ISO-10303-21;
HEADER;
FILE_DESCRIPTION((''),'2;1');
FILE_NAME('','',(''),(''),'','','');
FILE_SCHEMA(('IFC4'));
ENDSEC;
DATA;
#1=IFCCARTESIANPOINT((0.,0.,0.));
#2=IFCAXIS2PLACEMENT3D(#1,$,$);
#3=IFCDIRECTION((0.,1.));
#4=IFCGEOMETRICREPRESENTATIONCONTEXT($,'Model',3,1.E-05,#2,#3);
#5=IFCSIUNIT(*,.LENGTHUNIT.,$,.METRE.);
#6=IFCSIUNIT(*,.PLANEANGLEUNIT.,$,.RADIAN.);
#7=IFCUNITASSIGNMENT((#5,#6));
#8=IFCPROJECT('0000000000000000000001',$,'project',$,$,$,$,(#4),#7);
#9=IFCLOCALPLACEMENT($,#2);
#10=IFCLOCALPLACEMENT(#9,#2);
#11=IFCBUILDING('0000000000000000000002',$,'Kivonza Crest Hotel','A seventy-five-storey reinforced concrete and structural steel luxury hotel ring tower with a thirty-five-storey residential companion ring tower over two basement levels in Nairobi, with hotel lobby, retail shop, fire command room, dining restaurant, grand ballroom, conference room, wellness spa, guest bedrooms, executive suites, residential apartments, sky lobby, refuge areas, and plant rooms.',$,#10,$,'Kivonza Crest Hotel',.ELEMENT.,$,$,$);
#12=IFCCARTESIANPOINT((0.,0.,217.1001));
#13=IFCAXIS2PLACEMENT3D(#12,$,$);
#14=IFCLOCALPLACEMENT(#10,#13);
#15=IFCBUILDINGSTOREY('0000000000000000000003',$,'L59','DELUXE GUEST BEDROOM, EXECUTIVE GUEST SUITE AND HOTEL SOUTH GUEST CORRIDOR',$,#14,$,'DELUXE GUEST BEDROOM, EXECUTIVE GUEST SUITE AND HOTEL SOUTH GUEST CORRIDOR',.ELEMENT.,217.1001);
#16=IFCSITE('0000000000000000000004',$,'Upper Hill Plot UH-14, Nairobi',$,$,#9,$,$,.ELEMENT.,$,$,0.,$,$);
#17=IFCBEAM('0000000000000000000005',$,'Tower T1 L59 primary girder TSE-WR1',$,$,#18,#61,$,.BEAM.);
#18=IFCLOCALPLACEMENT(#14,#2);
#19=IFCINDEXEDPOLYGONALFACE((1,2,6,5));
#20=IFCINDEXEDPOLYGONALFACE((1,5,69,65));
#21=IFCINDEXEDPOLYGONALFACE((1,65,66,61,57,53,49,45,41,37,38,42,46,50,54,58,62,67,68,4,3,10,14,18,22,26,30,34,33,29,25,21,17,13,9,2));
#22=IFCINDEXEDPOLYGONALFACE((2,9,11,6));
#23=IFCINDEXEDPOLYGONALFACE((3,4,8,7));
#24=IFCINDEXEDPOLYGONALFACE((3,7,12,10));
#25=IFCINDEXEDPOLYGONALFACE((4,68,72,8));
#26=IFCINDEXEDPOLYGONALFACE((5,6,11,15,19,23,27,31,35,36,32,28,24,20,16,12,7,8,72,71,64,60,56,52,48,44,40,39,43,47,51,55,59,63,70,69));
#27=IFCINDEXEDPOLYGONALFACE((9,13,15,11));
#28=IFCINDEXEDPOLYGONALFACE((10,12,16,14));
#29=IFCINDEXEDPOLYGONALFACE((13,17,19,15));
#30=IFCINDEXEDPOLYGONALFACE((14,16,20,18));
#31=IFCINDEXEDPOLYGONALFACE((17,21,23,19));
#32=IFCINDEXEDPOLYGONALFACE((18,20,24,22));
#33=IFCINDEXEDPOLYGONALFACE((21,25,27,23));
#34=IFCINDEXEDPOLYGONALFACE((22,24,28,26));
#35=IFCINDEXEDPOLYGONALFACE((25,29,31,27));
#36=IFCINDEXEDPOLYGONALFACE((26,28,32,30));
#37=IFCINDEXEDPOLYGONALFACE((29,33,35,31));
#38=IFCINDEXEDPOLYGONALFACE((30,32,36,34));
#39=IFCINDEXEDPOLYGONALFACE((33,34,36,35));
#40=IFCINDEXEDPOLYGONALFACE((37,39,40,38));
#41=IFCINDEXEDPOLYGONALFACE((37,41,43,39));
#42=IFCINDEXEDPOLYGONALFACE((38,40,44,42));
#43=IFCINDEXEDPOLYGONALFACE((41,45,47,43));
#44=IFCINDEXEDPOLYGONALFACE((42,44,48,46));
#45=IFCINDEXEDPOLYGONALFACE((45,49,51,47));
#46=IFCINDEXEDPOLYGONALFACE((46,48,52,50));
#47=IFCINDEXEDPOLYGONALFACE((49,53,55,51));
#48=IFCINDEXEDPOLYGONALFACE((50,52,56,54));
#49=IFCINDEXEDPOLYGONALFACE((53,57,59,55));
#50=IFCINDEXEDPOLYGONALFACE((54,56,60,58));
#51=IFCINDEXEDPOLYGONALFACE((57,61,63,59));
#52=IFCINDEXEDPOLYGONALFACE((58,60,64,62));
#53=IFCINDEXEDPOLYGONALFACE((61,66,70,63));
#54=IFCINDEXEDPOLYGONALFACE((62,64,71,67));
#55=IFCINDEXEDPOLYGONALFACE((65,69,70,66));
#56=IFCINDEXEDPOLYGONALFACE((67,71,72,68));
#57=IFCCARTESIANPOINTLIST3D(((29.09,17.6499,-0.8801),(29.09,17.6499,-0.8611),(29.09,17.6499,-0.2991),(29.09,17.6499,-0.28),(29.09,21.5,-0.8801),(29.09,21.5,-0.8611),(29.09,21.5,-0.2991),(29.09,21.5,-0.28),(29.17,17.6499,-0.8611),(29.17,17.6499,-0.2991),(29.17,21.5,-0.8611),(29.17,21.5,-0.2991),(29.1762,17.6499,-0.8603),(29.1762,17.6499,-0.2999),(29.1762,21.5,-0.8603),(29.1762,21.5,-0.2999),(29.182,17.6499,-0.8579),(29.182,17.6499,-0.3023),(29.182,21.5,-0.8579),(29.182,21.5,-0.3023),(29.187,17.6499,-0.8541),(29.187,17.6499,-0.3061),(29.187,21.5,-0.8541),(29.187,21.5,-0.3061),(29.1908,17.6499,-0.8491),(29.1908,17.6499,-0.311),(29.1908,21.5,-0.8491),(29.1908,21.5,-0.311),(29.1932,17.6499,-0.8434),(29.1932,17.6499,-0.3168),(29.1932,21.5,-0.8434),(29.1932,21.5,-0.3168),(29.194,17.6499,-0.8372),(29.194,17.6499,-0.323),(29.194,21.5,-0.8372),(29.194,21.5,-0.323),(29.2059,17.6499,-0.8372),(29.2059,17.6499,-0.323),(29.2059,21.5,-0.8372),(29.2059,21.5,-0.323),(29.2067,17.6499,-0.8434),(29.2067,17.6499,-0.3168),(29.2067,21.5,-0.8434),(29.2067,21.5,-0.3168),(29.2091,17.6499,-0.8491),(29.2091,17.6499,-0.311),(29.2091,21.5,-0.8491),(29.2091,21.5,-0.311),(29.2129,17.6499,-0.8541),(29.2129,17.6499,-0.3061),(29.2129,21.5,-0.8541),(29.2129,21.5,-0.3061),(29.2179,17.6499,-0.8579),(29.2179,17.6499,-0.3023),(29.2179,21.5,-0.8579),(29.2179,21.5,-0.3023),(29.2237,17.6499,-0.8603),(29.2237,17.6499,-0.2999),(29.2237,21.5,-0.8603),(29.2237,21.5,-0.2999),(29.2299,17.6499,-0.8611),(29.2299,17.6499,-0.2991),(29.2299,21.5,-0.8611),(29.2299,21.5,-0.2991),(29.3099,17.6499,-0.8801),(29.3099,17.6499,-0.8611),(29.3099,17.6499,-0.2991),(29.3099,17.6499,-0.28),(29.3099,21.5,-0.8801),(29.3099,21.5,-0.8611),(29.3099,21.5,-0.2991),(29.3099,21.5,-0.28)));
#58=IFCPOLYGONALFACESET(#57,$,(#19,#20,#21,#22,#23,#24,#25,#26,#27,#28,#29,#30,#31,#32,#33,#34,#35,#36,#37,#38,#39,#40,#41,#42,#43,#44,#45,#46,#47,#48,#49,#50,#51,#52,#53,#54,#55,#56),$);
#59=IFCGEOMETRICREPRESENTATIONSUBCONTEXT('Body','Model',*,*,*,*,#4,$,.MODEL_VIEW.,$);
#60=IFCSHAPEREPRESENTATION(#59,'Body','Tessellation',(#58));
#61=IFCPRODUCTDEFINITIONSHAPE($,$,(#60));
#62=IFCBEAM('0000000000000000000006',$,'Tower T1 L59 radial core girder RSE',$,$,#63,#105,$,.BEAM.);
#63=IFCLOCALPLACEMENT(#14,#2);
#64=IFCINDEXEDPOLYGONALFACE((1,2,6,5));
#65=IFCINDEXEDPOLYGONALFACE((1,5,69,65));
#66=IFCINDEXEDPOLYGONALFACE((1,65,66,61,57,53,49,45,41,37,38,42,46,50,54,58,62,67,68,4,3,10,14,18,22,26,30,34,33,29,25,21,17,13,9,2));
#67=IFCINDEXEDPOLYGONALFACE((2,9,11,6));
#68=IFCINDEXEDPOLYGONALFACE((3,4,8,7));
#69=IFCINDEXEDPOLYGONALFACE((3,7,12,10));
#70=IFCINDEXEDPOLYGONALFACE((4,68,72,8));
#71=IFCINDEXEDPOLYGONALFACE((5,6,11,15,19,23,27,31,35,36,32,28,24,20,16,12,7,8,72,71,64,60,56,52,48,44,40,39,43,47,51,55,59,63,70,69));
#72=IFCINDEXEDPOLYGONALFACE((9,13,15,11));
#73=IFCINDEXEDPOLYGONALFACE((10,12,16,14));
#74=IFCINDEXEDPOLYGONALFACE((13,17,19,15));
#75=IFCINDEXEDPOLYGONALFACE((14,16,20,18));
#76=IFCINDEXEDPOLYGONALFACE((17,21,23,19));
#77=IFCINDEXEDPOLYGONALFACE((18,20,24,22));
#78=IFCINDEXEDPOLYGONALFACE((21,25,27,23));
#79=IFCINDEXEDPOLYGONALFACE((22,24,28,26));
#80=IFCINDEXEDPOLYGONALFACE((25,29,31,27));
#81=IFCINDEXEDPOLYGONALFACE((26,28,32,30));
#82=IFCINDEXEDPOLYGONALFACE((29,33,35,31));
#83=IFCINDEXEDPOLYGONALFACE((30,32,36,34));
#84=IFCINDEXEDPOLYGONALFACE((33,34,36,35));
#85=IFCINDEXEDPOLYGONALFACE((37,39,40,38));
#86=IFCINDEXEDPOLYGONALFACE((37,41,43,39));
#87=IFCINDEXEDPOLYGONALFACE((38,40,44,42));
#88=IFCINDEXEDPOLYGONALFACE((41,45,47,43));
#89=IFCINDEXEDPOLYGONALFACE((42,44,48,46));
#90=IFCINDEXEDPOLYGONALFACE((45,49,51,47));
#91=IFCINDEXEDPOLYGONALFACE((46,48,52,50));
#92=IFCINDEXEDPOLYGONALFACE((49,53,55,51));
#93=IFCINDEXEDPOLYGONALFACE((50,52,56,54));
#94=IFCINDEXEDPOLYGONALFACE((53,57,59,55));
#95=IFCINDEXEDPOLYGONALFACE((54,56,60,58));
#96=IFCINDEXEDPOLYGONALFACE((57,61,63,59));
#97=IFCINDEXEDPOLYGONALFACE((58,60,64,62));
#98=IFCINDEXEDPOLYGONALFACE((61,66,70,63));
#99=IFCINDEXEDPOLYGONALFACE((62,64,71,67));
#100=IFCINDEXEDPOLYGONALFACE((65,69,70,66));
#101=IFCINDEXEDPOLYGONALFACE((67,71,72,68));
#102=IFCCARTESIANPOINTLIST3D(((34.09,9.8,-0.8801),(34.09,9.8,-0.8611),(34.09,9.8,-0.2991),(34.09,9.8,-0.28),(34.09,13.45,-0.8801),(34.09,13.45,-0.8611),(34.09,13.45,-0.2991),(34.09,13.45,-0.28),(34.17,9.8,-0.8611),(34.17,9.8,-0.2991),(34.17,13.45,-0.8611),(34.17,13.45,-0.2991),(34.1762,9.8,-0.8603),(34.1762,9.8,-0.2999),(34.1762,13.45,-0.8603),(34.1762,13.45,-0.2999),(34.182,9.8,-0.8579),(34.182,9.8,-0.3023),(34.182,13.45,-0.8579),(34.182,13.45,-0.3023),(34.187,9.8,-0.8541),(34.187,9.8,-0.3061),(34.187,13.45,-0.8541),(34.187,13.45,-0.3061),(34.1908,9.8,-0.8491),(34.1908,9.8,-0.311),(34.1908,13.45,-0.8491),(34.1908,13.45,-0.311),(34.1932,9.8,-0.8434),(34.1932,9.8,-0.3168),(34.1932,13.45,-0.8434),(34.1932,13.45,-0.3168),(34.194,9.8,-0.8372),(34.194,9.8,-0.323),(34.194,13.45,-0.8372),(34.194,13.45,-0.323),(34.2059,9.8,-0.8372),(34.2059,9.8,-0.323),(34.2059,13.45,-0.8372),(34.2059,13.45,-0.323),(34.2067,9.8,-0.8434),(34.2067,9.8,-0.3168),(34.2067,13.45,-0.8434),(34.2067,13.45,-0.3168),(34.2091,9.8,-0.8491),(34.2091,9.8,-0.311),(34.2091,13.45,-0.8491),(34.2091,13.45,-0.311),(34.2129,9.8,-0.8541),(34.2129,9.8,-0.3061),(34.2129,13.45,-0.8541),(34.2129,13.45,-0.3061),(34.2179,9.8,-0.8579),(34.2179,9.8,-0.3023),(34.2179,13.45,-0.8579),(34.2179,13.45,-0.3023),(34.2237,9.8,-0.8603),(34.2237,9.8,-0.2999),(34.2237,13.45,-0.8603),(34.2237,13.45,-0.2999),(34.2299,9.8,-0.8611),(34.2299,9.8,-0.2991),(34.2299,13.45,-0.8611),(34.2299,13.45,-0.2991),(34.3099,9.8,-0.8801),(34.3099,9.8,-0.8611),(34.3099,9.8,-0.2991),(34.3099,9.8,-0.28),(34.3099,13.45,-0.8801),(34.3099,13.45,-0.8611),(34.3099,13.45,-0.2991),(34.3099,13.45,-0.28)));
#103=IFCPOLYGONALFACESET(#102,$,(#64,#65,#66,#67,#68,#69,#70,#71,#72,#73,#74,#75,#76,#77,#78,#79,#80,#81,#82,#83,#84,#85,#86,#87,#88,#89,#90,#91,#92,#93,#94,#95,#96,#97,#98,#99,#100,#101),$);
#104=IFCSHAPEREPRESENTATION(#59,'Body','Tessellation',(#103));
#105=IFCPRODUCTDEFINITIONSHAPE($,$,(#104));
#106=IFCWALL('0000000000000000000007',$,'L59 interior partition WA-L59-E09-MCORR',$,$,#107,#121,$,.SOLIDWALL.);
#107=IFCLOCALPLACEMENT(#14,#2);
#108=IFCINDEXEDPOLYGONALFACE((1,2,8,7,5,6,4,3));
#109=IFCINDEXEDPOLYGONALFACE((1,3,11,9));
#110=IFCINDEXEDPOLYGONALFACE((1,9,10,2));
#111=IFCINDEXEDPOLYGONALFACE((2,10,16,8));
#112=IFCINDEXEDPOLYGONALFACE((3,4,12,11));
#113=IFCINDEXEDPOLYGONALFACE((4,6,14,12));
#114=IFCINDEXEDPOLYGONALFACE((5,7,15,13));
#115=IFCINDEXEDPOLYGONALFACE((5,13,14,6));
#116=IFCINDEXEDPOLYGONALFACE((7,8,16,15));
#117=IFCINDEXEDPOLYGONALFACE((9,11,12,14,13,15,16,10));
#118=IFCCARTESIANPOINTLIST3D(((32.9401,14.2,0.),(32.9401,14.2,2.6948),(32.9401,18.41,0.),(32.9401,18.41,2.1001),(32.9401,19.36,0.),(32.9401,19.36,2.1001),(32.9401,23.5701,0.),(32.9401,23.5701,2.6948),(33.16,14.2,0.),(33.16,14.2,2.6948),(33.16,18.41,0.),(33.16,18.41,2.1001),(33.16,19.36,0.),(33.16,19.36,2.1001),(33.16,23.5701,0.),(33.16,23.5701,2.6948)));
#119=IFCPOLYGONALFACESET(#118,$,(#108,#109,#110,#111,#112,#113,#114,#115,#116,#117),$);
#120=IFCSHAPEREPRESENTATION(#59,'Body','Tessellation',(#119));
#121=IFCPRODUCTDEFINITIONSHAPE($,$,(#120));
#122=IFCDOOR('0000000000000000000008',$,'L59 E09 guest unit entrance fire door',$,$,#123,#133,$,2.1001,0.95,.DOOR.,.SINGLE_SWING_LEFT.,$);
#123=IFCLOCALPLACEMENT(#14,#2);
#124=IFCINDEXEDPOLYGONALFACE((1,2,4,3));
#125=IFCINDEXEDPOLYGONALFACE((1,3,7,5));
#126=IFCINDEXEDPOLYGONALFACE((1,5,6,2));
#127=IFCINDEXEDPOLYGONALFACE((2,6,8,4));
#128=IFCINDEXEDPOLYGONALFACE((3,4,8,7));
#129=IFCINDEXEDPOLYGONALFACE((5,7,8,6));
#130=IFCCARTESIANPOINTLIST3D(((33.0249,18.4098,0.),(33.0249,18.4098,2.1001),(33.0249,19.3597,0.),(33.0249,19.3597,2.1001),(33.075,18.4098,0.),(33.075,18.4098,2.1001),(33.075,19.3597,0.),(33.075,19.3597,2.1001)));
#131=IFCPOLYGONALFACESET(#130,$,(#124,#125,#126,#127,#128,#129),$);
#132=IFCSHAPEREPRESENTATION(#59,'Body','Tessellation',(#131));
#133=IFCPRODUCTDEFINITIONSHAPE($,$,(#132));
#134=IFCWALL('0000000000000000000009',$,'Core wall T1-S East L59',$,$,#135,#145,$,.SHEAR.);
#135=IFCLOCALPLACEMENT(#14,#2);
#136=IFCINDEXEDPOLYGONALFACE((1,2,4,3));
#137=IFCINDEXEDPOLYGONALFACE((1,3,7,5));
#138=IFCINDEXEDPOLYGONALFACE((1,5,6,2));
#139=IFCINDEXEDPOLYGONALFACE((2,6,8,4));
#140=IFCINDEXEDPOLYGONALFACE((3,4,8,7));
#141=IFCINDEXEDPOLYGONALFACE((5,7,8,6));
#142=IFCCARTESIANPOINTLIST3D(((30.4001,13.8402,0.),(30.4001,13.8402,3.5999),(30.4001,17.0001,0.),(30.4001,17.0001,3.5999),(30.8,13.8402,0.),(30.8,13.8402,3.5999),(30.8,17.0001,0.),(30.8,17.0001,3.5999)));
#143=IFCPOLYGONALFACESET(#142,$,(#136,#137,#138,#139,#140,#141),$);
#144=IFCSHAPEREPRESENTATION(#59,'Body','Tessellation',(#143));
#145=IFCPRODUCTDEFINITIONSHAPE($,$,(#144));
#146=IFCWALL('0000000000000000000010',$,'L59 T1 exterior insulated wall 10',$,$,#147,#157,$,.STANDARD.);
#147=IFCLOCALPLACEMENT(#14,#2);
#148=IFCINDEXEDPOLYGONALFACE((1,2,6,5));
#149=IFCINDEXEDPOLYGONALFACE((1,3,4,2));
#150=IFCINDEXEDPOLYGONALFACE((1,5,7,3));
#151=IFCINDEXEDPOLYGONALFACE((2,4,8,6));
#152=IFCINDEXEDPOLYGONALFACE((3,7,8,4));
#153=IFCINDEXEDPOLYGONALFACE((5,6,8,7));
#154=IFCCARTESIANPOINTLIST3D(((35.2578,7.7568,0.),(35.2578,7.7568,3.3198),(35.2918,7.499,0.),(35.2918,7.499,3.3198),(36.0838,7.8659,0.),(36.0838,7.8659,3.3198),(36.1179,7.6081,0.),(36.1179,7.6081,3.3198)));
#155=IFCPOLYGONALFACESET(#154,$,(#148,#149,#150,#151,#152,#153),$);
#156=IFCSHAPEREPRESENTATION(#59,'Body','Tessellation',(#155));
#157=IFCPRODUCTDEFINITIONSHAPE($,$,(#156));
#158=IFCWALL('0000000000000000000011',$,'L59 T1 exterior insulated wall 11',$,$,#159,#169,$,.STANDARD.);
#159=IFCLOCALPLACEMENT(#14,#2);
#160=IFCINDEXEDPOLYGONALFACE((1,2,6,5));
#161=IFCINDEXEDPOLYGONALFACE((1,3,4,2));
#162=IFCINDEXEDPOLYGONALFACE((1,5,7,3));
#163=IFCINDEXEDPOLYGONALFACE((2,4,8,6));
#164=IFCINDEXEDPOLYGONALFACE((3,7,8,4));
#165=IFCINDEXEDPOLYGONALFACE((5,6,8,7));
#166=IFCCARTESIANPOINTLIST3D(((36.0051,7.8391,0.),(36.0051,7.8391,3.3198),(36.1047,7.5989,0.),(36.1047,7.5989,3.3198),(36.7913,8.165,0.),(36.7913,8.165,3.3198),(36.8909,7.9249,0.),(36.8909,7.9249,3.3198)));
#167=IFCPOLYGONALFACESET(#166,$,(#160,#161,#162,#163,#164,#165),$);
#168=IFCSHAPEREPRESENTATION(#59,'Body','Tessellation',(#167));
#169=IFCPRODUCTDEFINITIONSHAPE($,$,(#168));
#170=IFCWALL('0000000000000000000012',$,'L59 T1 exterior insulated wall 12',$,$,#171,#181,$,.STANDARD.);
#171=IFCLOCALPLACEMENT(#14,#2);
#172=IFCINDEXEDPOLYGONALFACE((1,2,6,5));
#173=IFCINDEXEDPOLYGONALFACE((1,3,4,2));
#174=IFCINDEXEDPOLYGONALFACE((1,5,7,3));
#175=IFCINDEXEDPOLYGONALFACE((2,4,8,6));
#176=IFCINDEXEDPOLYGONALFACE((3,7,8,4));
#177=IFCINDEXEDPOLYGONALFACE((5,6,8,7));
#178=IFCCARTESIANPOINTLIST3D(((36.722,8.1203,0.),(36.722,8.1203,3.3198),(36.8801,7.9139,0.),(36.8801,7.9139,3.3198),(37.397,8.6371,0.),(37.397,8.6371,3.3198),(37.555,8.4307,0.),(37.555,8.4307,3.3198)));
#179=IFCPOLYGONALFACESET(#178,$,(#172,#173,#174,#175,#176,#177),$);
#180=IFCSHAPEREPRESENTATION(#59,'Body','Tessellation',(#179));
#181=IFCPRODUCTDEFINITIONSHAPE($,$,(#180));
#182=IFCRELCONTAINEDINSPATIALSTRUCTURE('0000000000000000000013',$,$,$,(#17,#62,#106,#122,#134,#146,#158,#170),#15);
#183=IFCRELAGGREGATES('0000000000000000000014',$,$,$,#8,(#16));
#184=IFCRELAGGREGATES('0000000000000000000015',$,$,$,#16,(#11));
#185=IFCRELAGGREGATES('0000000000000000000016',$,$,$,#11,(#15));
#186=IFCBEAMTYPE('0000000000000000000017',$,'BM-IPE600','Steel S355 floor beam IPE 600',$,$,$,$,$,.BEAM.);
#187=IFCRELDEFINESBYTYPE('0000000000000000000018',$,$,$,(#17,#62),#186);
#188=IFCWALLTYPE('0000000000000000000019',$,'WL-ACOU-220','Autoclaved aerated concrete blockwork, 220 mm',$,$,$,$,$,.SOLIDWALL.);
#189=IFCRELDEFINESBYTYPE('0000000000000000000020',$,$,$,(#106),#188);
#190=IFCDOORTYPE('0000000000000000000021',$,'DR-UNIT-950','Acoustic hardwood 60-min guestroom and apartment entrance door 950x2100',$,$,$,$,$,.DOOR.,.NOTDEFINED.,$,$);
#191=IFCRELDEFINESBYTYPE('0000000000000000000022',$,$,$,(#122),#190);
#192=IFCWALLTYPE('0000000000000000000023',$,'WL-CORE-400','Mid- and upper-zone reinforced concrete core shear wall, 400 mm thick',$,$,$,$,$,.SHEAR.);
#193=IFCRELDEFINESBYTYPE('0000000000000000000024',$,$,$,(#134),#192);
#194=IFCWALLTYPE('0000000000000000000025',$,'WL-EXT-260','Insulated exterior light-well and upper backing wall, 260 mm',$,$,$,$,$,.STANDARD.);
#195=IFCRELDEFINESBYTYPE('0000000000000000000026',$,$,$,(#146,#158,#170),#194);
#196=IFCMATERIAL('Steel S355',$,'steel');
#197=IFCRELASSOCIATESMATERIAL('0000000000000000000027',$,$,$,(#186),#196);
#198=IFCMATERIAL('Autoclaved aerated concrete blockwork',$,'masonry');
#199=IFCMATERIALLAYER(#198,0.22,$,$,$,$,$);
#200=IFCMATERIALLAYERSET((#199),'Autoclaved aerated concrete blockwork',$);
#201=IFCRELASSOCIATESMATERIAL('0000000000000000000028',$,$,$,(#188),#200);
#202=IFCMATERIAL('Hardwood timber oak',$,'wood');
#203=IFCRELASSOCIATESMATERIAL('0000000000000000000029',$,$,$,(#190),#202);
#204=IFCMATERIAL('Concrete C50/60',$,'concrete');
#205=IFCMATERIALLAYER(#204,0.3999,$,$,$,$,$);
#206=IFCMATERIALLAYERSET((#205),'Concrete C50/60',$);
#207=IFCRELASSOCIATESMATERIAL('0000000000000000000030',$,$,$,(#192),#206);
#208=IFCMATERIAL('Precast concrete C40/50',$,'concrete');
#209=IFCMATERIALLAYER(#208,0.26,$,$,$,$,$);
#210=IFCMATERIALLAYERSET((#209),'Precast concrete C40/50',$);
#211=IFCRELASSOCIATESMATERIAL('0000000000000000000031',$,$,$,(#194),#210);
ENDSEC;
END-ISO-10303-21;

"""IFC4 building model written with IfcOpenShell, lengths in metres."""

from ifc_helpers import new_model, si_unit, direction, frame, frame_2d, origin, origin_2d, place, context, subcontext, project, spatial, rectangle, i_section, extrude, material, layer, layer_set, material_profile, profile_set, type_object, element, fill, save


model = new_model("IFC4")

# Units and contexts
model_context = context("Model", 3, precision=1e-05, world=origin(), true_north=direction((0.0, 1.0)))
body_context = subcontext(model_context, "Body", "Model", "MODEL_VIEW")
ifc_project = project(units=[si_unit("LENGTHUNIT", "METRE"), si_unit("PLANEANGLEUNIT", "RADIAN")], contexts=[model_context])

# Site, building, storey
site_placement = place(None, origin())
site = spatial("IfcSite", under=ifc_project, at=site_placement, Name="Upper Hill Plot UH-14, Nairobi", CompositionType="ELEMENT", RefElevation=0.0)
building_placement = place(site_placement, origin())
building = spatial("IfcBuilding", under=site, at=building_placement, Name="Kivonza Crest Hotel", Description="A seventy-five-storey reinforced concrete and structural steel luxury hotel ring tower with a thirty-five-storey residential companion ring tower over two basement levels in Nairobi, with hotel lobby, retail shop, fire command room, dining restaurant, grand ballroom, conference room, wellness spa, guest bedrooms, executive suites, residential apartments, sky lobby, refuge areas, and plant rooms.", LongName="Kivonza Crest Hotel", CompositionType="ELEMENT")
storey_placement = place(building_placement, frame((0.0, 0.0, 217.1001)))
storey = spatial("IfcBuildingStorey", under=building, at=storey_placement, Name="L59", Description="DELUXE GUEST BEDROOM, EXECUTIVE GUEST SUITE AND HOTEL SOUTH GUEST CORRIDOR", LongName="DELUXE GUEST BEDROOM, EXECUTIVE GUEST SUITE AND HOTEL SOUTH GUEST CORRIDOR", CompositionType="ELEMENT", Elevation=217.1001)

# Shared definitions
ifc_material_1 = material(Name="Concrete C50/60", Category="concrete")

# Beams
ifc_material_2 = material(Name="Steel S355", Category="steel")
ifc_material_profile_1 = material_profile(ifc_material_2, i_section(OverallWidth=0.22, OverallDepth=0.6001, WebThickness=0.012, FlangeThickness=0.019, FilletRadius=0.0239, at=origin_2d()), Name="IPE 600")
ifc_profile_set_1 = profile_set([ifc_material_profile_1], Name="Steel S355")
beam_type_1 = type_object("IfcBeamType", Name="BM-IPE600", Description="Steel S355 floor beam IPE 600", PredefinedType="BEAM", material=ifc_profile_set_1)
beam_1_placement = place(storey_placement, frame((29.2, 17.6499, -0.5801), z_axis=(0.0, 1.0, 0.0), x_axis=(-1.0, 0.0, 0.0)))
element("IfcBeam", 1, at=beam_1_placement, inside=storey, type_object=beam_type_1, Name="Tower T1 L59 primary girder TSE-WR1", PredefinedType="BEAM", context=body_context, shape_type="SweptSolid", body=[
    extrude(i_section(OverallWidth=0.22, OverallDepth=0.6001, WebThickness=0.012, FlangeThickness=0.019, FilletRadius=0.0239, at=origin_2d()), origin(), (0.0, 0.0, 1.0), 3.8501),
])
beam_2_placement = place(storey_placement, frame((34.2, 9.8, -0.5801), z_axis=(0.0, 1.0, 0.0), x_axis=(-1.0, 0.0, 0.0)))
element("IfcBeam", 2, at=beam_2_placement, inside=storey, type_object=beam_type_1, Name="Tower T1 L59 radial core girder RSE", PredefinedType="BEAM", context=body_context, shape_type="SweptSolid", body=[
    extrude(i_section(OverallWidth=0.22, OverallDepth=0.6001, WebThickness=0.012, FlangeThickness=0.019, FilletRadius=0.0239, at=origin_2d()), origin(), (0.0, 0.0, 1.0), 3.6499),
])

# Wall, opening, door
ifc_material_3 = material(Name="Autoclaved aerated concrete blockwork", Category="masonry")
ifc_layer_1 = layer(ifc_material_3, 0.22)
ifc_layer_set_1 = layer_set([ifc_layer_1], Name="Autoclaved aerated concrete blockwork")
wall_type_1 = type_object("IfcWallType", Name="WL-ACOU-220", Description="Autoclaved aerated concrete blockwork, 220 mm", PredefinedType="SOLIDWALL", material=ifc_layer_set_1)
wall_1_placement = place(storey_placement, frame((33.05, 14.2, 0.0), z_axis=(0.0, 0.0, 1.0), x_axis=(0.0, 1.0, 0.0)))
wall_1 = element("IfcWall", 3, at=wall_1_placement, inside=storey, type_object=wall_type_1, Name="L59 interior partition WA-L59-E09-MCORR", PredefinedType="SOLIDWALL", context=body_context, shape_type="SweptSolid", body=[
    extrude(rectangle(XDim=9.3701, YDim=0.22, at=frame_2d((4.6851, 0.0))), origin(), (0.0, 0.0, 1.0), 2.6948),
])
opening_1_placement = place(wall_1_placement, frame((4.21, 0.0, 0.0)))
opening_1 = element("IfcOpeningElement", 4, at=opening_1_placement, cuts=wall_1, PredefinedType="OPENING", context=body_context, shape_type="SweptSolid", body=[
    extrude(rectangle(XDim=0.95, YDim=2.1001, at=frame_2d((0.4751, 1.05))), frame((0.0, 0.1201, 0.0), z_axis=(0.0, -1.0, 0.0), x_axis=(1.0, 0.0, 0.0)), (0.0, 0.0, 1.0), 0.24),
])
ifc_material_4 = material(Name="Hardwood timber oak", Category="wood")
door_type = type_object("IfcDoorType", Name="DR-UNIT-950", Description="Acoustic hardwood 60-min guestroom and apartment entrance door 950x2100", OperationType="NOTDEFINED", PredefinedType="DOOR", material=ifc_material_4)
door_placement = place(opening_1_placement, frame((0.95, 0.0, 0.0), z_axis=(0.0, 0.0, 1.0), x_axis=(-1.0, 0.0, 0.0)))
door = element("IfcDoor", 5, at=door_placement, inside=storey, type_object=door_type, Name="L59 E09 guest unit entrance fire door", OperationType="SINGLE_SWING_LEFT", OverallHeight=2.1001, OverallWidth=0.95, PredefinedType="DOOR", context=body_context, shape_type="SweptSolid", body=[
    extrude(rectangle(XDim=0.95, YDim=2.1001, at=frame_2d((0.4751, 1.05))), frame((0.0, 0.0249, 0.0), z_axis=(0.0, -1.0, 0.0), x_axis=(1.0, 0.0, 0.0)), (0.0, 0.0, 1.0), 0.05),
])
fill(opening_1, door)

# Walls
ifc_layer_2 = layer(ifc_material_1, 0.3999)
ifc_layer_set_2 = layer_set([ifc_layer_2], Name="Concrete C50/60")
wall_type_2 = type_object("IfcWallType", Name="WL-CORE-400", Description="Mid- and upper-zone reinforced concrete core shear wall, 400 mm thick", PredefinedType="SHEAR", material=ifc_layer_set_2)
wall_2_placement = place(storey_placement, frame((30.6001, 13.8401, 0.0), z_axis=(0.0, 0.0, 1.0), x_axis=(0.0, 1.0, 0.0)))
element("IfcWall", 6, at=wall_2_placement, inside=storey, type_object=wall_type_2, Name="Core wall T1-S East L59", PredefinedType="SHEAR", context=body_context, shape_type="SweptSolid", body=[
    extrude(rectangle(XDim=3.1599, YDim=0.3999, at=frame_2d((1.5801, 0.0))), origin(), (0.0, 0.0, 1.0), 3.5999),
])
ifc_material_5 = material(Name="Precast concrete C40/50", Category="concrete")
ifc_layer_3 = layer(ifc_material_5, 0.26)
ifc_layer_set_3 = layer_set([ifc_layer_3], Name="Precast concrete C40/50")
wall_type_3 = type_object("IfcWallType", Name="WL-EXT-260", Description="Insulated exterior light-well and upper backing wall, 260 mm", PredefinedType="STANDARD", material=ifc_layer_set_3)
wall_3_placement = place(storey_placement, frame((35.2749, 7.6279, 0.0), z_axis=(0.0, 0.0, 1.0), x_axis=(0.991388, 0.130955, 0.0)))
element("IfcWall", 7, at=wall_3_placement, inside=storey, type_object=wall_type_3, Name="L59 T1 exterior insulated wall 10", PredefinedType="STANDARD", context=body_context, shape_type="SweptSolid", body=[
    extrude(rectangle(XDim=0.8333, YDim=0.26, at=frame_2d((0.4165, 0.0))), origin(), (0.0, 0.0, 1.0), 3.3198),
])
wall_4_placement = place(storey_placement, frame((36.0549, 7.719, 0.0), z_axis=(0.0, 0.0, 1.0), x_axis=(0.923754, 0.382985, 0.0)))
element("IfcWall", 8, at=wall_4_placement, inside=storey, type_object=wall_type_3, Name="L59 T1 exterior insulated wall 11", PredefinedType="STANDARD", context=body_context, shape_type="SweptSolid", body=[
    extrude(rectangle(XDim=0.8511, YDim=0.26, at=frame_2d((0.4255, 0.0))), origin(), (0.0, 0.0, 1.0), 3.3198),
])
for number, where, z_axis, x_axis, name in (
    (9, (36.801, 8.0171, 0.0), (0.0, 0.0, 1.0), (0.793999, 0.607919, 0.0), "L59 T1 exterior insulated wall 12"),
):
    element("IfcWall", number, at=place(storey_placement, frame(where, z_axis=z_axis, x_axis=x_axis)), inside=storey, type_object=wall_type_3, Name=name, PredefinedType="STANDARD", context=body_context, shape_type="SweptSolid", body=[
        extrude(rectangle(XDim=0.8501, YDim=0.26, at=frame_2d((0.425, 0.0))), origin(), (0.0, 0.0, 1.0), 3.3198),
    ])

save(model, "model.ifc")
